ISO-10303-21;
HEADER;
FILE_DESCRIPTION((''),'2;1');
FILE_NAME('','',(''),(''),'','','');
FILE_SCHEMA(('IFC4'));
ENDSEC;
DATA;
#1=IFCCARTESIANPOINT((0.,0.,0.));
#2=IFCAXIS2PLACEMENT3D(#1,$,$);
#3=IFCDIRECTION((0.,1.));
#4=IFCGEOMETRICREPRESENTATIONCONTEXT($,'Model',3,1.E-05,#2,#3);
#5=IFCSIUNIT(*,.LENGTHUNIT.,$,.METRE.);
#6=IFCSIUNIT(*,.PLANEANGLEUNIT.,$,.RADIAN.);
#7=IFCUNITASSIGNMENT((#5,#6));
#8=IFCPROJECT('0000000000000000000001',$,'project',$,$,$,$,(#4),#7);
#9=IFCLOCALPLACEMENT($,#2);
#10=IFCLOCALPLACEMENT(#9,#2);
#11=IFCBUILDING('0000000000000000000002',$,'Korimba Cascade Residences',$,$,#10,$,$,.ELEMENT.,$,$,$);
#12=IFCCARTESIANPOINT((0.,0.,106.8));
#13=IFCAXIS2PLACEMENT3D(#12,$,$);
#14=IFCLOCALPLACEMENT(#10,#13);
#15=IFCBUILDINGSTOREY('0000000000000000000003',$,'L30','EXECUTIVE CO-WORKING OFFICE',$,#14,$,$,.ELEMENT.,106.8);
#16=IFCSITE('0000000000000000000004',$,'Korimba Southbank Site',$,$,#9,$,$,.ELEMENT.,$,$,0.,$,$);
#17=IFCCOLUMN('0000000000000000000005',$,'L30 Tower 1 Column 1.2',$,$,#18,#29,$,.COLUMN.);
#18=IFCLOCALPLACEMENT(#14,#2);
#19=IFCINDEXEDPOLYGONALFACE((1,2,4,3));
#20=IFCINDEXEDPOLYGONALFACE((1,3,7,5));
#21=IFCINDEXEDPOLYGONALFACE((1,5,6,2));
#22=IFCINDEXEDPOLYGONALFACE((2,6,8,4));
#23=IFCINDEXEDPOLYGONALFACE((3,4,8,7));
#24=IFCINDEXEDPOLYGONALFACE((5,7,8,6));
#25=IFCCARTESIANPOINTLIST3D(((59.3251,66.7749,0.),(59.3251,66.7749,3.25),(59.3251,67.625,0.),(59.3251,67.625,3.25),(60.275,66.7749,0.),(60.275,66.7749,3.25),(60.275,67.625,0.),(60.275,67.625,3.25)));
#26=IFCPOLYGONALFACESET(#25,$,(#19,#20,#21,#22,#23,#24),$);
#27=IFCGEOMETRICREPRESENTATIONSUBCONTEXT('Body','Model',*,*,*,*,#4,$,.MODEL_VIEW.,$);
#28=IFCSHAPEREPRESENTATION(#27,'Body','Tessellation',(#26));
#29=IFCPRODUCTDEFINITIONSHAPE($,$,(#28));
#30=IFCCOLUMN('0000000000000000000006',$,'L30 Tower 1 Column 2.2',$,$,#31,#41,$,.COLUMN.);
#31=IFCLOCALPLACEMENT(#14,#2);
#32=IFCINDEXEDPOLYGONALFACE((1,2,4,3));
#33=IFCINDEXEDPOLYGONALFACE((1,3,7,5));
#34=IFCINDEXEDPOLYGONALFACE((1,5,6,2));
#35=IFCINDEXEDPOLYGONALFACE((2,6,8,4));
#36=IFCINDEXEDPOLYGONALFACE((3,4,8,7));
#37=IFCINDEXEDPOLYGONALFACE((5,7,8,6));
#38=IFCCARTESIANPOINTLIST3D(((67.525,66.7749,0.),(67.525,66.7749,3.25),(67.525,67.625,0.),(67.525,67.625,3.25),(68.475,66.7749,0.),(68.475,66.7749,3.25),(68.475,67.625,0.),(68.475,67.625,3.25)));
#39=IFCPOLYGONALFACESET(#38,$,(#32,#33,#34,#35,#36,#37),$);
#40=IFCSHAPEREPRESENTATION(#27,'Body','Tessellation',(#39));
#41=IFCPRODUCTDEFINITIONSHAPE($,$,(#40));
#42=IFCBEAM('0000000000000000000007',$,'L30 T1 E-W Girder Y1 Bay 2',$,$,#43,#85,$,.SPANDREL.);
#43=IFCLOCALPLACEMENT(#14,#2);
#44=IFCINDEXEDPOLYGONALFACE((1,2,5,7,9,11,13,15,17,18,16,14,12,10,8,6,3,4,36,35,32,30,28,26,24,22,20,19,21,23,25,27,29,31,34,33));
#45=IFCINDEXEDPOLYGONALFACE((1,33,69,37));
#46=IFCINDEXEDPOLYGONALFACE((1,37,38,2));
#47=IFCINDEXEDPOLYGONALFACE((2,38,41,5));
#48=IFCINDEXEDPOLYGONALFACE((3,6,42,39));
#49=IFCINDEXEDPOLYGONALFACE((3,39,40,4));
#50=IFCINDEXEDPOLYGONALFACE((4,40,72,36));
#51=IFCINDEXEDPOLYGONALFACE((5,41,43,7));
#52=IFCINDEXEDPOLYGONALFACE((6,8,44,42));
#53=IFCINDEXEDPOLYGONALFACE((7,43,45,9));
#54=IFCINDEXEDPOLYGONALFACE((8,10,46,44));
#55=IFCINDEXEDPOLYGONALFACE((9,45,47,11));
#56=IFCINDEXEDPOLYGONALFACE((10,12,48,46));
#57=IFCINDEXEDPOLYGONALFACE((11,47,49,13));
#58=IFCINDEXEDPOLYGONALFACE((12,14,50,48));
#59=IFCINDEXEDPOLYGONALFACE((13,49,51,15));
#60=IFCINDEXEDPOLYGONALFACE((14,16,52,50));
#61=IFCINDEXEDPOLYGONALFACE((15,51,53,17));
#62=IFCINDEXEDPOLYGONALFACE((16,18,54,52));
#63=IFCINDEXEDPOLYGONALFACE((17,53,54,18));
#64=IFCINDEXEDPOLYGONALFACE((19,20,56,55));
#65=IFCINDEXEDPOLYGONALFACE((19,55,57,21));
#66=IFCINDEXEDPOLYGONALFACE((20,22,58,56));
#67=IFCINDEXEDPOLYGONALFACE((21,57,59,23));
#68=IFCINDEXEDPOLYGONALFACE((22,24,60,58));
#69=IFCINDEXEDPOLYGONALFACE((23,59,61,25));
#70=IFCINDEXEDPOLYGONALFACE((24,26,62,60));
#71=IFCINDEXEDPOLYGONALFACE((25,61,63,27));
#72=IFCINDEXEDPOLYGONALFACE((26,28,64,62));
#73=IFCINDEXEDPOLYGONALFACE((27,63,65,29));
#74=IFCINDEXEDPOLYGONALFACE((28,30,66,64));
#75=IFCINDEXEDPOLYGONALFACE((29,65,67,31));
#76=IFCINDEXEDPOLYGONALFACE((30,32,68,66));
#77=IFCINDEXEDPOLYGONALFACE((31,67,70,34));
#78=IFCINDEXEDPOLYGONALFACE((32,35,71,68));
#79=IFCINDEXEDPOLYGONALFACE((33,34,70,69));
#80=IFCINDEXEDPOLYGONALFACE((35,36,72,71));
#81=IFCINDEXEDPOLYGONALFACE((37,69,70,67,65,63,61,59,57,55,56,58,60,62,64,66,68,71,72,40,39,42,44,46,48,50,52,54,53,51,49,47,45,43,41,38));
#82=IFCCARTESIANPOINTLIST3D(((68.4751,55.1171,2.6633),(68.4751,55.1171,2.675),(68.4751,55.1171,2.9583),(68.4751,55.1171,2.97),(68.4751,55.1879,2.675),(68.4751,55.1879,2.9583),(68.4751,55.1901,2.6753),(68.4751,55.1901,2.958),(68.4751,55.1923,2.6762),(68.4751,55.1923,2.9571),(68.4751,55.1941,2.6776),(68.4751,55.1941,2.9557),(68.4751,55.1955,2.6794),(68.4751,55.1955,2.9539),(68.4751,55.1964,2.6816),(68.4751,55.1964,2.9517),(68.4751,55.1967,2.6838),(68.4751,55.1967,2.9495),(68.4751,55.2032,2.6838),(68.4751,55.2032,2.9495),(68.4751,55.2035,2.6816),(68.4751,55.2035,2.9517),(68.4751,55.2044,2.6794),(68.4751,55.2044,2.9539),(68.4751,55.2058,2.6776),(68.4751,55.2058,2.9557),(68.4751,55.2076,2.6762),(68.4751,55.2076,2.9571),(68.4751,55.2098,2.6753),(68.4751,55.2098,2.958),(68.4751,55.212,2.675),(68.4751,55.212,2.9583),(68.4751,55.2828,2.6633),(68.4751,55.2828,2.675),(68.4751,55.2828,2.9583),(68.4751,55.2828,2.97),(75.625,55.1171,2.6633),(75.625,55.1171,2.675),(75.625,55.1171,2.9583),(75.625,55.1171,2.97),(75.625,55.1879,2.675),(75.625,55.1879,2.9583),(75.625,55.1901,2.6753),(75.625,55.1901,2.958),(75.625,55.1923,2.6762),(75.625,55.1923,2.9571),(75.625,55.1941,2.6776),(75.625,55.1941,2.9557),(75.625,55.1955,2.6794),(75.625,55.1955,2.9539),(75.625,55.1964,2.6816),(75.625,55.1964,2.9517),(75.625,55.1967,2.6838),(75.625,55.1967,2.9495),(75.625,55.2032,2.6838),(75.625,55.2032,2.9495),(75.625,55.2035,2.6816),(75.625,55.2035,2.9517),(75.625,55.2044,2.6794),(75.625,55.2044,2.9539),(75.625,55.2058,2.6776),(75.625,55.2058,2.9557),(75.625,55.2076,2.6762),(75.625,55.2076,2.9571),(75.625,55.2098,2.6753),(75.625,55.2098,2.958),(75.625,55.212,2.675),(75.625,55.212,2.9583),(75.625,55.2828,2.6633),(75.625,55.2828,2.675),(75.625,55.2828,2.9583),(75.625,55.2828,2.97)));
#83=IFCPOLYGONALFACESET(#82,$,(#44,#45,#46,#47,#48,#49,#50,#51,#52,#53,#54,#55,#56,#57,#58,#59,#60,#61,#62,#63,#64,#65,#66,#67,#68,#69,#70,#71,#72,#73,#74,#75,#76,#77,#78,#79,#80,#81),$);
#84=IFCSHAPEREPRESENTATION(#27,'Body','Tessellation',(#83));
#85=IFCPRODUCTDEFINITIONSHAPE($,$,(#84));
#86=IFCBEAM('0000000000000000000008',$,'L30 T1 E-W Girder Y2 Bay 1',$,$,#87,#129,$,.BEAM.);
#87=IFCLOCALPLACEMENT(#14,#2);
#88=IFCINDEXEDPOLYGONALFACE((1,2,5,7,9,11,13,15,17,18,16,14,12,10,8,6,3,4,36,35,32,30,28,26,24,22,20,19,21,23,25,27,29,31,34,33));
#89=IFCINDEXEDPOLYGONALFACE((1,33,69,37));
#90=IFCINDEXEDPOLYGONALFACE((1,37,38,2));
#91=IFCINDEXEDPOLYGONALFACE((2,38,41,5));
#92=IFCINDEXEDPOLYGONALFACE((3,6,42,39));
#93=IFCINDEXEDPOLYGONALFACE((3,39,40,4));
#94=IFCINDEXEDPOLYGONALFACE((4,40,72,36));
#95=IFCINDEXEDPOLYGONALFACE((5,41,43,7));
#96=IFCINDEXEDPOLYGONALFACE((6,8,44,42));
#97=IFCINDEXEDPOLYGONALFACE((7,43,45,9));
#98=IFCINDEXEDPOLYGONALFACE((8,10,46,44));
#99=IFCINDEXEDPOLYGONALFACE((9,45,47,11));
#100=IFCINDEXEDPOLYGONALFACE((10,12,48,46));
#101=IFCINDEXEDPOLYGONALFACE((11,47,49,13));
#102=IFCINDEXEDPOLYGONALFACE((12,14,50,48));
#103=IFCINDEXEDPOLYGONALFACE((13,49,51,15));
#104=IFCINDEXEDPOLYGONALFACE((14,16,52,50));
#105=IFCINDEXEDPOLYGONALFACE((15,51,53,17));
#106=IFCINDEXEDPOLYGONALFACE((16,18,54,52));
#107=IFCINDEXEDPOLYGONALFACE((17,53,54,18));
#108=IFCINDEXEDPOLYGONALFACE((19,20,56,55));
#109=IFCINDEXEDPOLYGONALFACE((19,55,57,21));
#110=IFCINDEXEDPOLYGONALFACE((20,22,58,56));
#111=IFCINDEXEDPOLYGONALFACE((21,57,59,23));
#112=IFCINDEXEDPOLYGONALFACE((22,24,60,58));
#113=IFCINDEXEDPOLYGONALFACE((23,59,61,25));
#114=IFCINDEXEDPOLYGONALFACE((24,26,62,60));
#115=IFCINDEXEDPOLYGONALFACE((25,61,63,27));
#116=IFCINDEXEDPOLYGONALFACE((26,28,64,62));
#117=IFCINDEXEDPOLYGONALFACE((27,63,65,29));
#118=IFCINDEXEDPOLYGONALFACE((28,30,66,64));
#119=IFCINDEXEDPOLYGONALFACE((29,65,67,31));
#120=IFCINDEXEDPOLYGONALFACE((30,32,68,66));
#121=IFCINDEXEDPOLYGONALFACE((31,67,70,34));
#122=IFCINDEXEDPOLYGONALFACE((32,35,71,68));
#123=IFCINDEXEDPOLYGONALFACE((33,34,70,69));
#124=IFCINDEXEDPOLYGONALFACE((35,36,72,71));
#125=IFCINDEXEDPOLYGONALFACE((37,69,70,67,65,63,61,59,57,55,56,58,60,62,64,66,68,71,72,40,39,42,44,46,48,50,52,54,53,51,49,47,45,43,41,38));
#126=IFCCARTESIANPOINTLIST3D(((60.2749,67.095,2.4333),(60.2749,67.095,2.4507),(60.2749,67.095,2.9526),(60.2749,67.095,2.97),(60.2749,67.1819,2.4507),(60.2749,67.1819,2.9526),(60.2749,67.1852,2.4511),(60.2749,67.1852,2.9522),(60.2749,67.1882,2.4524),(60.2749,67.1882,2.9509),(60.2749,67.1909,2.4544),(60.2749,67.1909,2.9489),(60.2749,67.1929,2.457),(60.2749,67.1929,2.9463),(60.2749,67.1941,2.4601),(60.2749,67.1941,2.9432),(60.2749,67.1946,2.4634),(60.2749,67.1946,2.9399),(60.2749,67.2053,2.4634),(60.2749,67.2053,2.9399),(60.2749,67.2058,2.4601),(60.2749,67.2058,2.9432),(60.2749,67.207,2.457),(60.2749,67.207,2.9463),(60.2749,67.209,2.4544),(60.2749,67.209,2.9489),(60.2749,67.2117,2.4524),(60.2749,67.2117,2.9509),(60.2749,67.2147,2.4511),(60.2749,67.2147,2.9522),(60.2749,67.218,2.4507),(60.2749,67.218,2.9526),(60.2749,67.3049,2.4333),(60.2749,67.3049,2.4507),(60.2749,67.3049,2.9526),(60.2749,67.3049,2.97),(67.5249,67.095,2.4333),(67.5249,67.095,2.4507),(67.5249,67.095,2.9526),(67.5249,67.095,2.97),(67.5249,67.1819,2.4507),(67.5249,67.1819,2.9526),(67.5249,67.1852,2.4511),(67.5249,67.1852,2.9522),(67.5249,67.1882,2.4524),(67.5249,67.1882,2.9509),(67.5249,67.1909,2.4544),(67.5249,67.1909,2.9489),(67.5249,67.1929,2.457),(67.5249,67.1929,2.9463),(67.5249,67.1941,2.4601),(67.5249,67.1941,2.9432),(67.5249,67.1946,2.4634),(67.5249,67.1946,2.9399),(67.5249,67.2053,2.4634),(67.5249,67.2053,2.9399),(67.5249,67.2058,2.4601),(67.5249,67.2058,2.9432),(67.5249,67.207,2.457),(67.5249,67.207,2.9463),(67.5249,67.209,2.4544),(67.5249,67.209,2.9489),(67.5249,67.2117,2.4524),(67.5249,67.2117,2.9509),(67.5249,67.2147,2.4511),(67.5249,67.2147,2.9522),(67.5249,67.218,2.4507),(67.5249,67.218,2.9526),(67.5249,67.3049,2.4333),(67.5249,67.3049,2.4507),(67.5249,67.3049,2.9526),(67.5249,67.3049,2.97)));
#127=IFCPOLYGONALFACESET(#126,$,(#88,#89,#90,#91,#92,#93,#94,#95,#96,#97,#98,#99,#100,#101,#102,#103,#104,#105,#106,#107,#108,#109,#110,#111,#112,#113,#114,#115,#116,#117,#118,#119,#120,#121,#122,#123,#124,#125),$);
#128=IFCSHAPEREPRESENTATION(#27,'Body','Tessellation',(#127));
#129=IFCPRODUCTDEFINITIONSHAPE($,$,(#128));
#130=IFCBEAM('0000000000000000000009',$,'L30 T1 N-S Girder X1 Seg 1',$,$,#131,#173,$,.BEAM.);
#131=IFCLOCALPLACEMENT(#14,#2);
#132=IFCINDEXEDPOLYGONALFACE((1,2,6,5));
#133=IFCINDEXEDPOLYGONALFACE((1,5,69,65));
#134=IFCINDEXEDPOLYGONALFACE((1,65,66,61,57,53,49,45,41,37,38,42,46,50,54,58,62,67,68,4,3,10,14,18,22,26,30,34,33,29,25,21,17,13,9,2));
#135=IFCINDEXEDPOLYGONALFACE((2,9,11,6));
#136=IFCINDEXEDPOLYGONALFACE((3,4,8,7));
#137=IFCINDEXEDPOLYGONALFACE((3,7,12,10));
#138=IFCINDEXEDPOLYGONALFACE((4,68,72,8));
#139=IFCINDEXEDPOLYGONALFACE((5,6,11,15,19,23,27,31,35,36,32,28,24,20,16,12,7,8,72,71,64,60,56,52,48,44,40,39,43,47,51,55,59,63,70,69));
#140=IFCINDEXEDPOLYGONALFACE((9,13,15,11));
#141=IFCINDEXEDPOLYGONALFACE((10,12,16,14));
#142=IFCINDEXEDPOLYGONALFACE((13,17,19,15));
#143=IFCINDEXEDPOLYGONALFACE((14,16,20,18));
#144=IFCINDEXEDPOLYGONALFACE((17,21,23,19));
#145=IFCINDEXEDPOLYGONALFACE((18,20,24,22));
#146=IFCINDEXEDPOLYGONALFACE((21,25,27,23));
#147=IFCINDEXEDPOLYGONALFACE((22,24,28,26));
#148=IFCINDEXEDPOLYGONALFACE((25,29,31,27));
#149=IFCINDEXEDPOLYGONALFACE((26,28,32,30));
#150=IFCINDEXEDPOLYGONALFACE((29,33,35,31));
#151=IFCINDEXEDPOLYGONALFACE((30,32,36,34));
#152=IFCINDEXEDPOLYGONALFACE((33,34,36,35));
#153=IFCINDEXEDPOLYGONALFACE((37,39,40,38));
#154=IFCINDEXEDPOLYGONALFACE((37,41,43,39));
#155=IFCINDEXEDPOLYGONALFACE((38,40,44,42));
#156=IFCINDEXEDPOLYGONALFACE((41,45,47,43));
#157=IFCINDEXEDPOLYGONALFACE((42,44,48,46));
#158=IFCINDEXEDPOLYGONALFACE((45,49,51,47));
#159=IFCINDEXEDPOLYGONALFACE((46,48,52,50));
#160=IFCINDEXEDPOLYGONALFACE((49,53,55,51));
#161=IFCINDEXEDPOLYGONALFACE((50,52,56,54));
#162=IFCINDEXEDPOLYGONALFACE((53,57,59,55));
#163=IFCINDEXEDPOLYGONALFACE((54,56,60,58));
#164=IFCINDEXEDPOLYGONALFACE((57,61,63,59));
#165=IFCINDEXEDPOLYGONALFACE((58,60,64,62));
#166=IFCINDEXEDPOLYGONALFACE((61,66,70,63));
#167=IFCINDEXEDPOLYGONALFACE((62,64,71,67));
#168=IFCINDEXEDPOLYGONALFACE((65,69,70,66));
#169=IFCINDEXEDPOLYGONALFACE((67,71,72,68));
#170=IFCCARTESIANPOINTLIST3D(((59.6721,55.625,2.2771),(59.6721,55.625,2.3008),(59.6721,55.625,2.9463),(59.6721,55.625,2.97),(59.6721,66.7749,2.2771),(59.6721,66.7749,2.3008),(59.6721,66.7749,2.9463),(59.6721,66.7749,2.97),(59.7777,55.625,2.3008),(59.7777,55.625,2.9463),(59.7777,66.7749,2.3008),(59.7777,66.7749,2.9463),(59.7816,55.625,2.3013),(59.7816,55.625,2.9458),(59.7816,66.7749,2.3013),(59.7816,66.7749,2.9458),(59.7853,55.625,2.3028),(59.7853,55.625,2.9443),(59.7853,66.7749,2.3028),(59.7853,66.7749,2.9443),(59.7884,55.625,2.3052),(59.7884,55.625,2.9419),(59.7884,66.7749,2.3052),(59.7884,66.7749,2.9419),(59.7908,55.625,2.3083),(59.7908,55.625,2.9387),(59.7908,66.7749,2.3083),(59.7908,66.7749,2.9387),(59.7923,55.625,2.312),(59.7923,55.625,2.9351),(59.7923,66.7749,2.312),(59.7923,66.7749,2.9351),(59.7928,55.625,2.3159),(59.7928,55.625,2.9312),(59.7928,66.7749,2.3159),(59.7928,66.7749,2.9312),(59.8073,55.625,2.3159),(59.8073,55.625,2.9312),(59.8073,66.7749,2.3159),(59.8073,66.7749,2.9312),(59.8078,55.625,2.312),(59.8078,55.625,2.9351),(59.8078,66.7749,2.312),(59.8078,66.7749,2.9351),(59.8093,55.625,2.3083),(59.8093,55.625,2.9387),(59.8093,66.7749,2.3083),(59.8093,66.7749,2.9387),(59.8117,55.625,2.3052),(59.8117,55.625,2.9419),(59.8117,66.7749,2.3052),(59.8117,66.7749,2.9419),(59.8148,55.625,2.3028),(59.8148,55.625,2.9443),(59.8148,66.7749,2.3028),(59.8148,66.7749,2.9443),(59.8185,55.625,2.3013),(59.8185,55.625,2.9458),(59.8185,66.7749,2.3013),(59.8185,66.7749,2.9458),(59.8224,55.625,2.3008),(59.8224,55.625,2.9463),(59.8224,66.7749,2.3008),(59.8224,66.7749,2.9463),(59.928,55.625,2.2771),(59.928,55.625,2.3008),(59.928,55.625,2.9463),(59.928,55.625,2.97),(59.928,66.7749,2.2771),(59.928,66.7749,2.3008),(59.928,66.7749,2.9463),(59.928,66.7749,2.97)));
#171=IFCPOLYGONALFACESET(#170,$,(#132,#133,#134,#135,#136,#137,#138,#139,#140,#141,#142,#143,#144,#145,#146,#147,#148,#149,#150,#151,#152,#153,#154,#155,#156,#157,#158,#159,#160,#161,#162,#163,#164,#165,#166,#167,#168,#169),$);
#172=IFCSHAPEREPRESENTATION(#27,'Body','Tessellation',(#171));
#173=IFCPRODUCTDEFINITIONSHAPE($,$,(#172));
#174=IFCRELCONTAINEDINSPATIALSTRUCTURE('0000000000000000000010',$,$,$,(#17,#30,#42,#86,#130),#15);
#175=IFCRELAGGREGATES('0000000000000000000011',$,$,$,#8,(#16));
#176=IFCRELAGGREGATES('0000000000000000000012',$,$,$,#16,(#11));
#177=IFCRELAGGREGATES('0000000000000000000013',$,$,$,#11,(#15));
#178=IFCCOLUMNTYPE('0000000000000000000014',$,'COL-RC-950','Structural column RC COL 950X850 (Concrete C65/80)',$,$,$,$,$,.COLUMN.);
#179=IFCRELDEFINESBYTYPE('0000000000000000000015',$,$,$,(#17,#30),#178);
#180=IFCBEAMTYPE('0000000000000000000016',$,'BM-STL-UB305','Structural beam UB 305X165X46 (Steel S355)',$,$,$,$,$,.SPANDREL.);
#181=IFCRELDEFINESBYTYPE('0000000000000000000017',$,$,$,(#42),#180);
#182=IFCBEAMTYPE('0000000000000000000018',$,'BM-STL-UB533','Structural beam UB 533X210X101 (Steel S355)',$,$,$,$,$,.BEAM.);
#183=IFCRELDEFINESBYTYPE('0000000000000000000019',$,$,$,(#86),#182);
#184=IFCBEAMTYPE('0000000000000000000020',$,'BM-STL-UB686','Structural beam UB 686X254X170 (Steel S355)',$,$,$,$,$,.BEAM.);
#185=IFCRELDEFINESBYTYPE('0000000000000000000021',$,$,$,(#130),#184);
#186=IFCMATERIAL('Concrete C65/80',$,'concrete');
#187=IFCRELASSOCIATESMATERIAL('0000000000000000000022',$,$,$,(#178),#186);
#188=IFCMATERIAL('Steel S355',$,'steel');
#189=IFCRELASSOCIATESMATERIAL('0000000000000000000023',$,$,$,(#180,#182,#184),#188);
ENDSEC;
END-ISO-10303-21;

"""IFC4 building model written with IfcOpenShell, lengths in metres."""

from ifc_helpers import new_model, si_unit, direction, frame, origin, origin_2d, place, context, subcontext, project, spatial, rectangle, i_section, extrude, material, material_profile, profile_set, type_object, element, save


model = new_model("IFC4")

# Units and contexts
model_context = context("Model", 3, precision=1e-05, world=origin(), true_north=direction((0.0, 1.0)))
body_context = subcontext(model_context, "Body", "Model", "MODEL_VIEW")
ifc_project = project(units=[si_unit("LENGTHUNIT", "METRE"), si_unit("PLANEANGLEUNIT", "RADIAN")], contexts=[model_context])

# Site, building, storey
site_placement = place(None, origin())
site = spatial("IfcSite", under=ifc_project, at=site_placement, Name="Korimba Southbank Site", CompositionType="ELEMENT", RefElevation=0.0)
building_placement = place(site_placement, origin())
building = spatial("IfcBuilding", under=site, at=building_placement, Name="Korimba Cascade Residences", CompositionType="ELEMENT")
storey_placement = place(building_placement, frame((0.0, 0.0, 106.8)))
storey = spatial("IfcBuildingStorey", under=building, at=storey_placement, Name="L30", Description="EXECUTIVE CO-WORKING OFFICE", CompositionType="ELEMENT", Elevation=106.8)

# Columns
ifc_material_1 = material(Name="Concrete C65/80", Category="concrete")
ifc_material_profile_1 = material_profile(ifc_material_1, rectangle(XDim=0.95, YDim=0.8501, at=origin_2d()), Name="Concrete C65/80")
ifc_profile_set_1 = profile_set([ifc_material_profile_1], Name="Concrete C65/80")
column_type = type_object("IfcColumnType", Name="COL-RC-950", Description="Structural column RC COL 950X850 (Concrete C65/80)", PredefinedType="COLUMN", material=ifc_profile_set_1)
for number, where, z_axis, x_axis, name in (
    (1, (59.8, 67.2, 0.0), (0.0, 0.0, 1.0), (1.0, 0.0, 0.0), "L30 Tower 1 Column 1.2"),
    (2, (68.0, 67.2, 0.0), (0.0, 0.0, 1.0), (1.0, 0.0, 0.0), "L30 Tower 1 Column 2.2"),
):
    element("IfcColumn", number, at=place(storey_placement, frame(where, z_axis=z_axis, x_axis=x_axis)), inside=storey, type_object=column_type, Name=name, PredefinedType="COLUMN", context=body_context, shape_type="SweptSolid", body=[
        extrude(rectangle(XDim=0.95, YDim=0.8501, at=origin_2d()), origin(), (0.0, 0.0, 1.0), 3.25),
    ])

# Beams
ifc_material_2 = material(Name="Steel S355", Category="steel")
ifc_material_profile_2 = material_profile(ifc_material_2, i_section(OverallWidth=0.1658, OverallDepth=0.3066, WebThickness=0.0066, FlangeThickness=0.0117, FilletRadius=0.0088, at=origin_2d()), Name="Steel S355")
ifc_profile_set_2 = profile_set([ifc_material_profile_2], Name="Steel S355")
beam_type_1 = type_object("IfcBeamType", Name="BM-STL-UB305", Description="Structural beam UB 305X165X46 (Steel S355)", PredefinedType="SPANDREL", material=ifc_profile_set_2)
beam_1_placement = place(storey_placement, frame((68.4751, 55.2, 2.8167), z_axis=(1.0, 0.0, 0.0), x_axis=(0.0, 1.0, 0.0)))
element("IfcBeam", 3, at=beam_1_placement, inside=storey, type_object=beam_type_1, Name="L30 T1 E-W Girder Y1 Bay 2", PredefinedType="SPANDREL", context=body_context, shape_type="SweptSolid", body=[
    extrude(i_section(OverallWidth=0.1658, OverallDepth=0.3066, WebThickness=0.0066, FlangeThickness=0.0117, FilletRadius=0.0088, at=origin_2d()), origin(), (0.0, 0.0, 1.0), 7.1499),
])
ifc_material_profile_3 = material_profile(ifc_material_2, i_section(OverallWidth=0.21, OverallDepth=0.5366, WebThickness=0.0107, FlangeThickness=0.0173, FilletRadius=0.0127, at=origin_2d()), Name="Steel S355")
ifc_profile_set_3 = profile_set([ifc_material_profile_3], Name="Steel S355")
beam_type_2 = type_object("IfcBeamType", Name="BM-STL-UB533", Description="Structural beam UB 533X210X101 (Steel S355)", PredefinedType="BEAM", material=ifc_profile_set_3)
beam_2_placement = place(storey_placement, frame((60.2749, 67.2, 2.7017), z_axis=(1.0, 0.0, 0.0), x_axis=(0.0, 1.0, 0.0)))
element("IfcBeam", 4, at=beam_2_placement, inside=storey, type_object=beam_type_2, Name="L30 T1 E-W Girder Y2 Bay 1", PredefinedType="BEAM", context=body_context, shape_type="SweptSolid", body=[
    extrude(i_section(OverallWidth=0.21, OverallDepth=0.5366, WebThickness=0.0107, FlangeThickness=0.0173, FilletRadius=0.0127, at=origin_2d()), origin(), (0.0, 0.0, 1.0), 7.25),
])
ifc_material_profile_4 = material_profile(ifc_material_2, i_section(OverallWidth=0.2559, OverallDepth=0.6929, WebThickness=0.0144, FlangeThickness=0.0237, FilletRadius=0.0151, at=origin_2d()), Name="Steel S355")
ifc_profile_set_4 = profile_set([ifc_material_profile_4], Name="Steel S355")
beam_type_3 = type_object("IfcBeamType", Name="BM-STL-UB686", Description="Structural beam UB 686X254X170 (Steel S355)", PredefinedType="BEAM", material=ifc_profile_set_4)
beam_3_placement = place(storey_placement, frame((59.8, 55.625, 2.6235), z_axis=(0.0, 1.0, 0.0), x_axis=(-1.0, 0.0, 0.0)))
element("IfcBeam", 5, at=beam_3_placement, inside=storey, type_object=beam_type_3, Name="L30 T1 N-S Girder X1 Seg 1", PredefinedType="BEAM", context=body_context, shape_type="SweptSolid", body=[
    extrude(i_section(OverallWidth=0.2559, OverallDepth=0.6929, WebThickness=0.0144, FlangeThickness=0.0237, FilletRadius=0.0151, at=origin_2d()), origin(), (0.0, 0.0, 1.0), 11.1499),
])

save(model, "model.ifc")
